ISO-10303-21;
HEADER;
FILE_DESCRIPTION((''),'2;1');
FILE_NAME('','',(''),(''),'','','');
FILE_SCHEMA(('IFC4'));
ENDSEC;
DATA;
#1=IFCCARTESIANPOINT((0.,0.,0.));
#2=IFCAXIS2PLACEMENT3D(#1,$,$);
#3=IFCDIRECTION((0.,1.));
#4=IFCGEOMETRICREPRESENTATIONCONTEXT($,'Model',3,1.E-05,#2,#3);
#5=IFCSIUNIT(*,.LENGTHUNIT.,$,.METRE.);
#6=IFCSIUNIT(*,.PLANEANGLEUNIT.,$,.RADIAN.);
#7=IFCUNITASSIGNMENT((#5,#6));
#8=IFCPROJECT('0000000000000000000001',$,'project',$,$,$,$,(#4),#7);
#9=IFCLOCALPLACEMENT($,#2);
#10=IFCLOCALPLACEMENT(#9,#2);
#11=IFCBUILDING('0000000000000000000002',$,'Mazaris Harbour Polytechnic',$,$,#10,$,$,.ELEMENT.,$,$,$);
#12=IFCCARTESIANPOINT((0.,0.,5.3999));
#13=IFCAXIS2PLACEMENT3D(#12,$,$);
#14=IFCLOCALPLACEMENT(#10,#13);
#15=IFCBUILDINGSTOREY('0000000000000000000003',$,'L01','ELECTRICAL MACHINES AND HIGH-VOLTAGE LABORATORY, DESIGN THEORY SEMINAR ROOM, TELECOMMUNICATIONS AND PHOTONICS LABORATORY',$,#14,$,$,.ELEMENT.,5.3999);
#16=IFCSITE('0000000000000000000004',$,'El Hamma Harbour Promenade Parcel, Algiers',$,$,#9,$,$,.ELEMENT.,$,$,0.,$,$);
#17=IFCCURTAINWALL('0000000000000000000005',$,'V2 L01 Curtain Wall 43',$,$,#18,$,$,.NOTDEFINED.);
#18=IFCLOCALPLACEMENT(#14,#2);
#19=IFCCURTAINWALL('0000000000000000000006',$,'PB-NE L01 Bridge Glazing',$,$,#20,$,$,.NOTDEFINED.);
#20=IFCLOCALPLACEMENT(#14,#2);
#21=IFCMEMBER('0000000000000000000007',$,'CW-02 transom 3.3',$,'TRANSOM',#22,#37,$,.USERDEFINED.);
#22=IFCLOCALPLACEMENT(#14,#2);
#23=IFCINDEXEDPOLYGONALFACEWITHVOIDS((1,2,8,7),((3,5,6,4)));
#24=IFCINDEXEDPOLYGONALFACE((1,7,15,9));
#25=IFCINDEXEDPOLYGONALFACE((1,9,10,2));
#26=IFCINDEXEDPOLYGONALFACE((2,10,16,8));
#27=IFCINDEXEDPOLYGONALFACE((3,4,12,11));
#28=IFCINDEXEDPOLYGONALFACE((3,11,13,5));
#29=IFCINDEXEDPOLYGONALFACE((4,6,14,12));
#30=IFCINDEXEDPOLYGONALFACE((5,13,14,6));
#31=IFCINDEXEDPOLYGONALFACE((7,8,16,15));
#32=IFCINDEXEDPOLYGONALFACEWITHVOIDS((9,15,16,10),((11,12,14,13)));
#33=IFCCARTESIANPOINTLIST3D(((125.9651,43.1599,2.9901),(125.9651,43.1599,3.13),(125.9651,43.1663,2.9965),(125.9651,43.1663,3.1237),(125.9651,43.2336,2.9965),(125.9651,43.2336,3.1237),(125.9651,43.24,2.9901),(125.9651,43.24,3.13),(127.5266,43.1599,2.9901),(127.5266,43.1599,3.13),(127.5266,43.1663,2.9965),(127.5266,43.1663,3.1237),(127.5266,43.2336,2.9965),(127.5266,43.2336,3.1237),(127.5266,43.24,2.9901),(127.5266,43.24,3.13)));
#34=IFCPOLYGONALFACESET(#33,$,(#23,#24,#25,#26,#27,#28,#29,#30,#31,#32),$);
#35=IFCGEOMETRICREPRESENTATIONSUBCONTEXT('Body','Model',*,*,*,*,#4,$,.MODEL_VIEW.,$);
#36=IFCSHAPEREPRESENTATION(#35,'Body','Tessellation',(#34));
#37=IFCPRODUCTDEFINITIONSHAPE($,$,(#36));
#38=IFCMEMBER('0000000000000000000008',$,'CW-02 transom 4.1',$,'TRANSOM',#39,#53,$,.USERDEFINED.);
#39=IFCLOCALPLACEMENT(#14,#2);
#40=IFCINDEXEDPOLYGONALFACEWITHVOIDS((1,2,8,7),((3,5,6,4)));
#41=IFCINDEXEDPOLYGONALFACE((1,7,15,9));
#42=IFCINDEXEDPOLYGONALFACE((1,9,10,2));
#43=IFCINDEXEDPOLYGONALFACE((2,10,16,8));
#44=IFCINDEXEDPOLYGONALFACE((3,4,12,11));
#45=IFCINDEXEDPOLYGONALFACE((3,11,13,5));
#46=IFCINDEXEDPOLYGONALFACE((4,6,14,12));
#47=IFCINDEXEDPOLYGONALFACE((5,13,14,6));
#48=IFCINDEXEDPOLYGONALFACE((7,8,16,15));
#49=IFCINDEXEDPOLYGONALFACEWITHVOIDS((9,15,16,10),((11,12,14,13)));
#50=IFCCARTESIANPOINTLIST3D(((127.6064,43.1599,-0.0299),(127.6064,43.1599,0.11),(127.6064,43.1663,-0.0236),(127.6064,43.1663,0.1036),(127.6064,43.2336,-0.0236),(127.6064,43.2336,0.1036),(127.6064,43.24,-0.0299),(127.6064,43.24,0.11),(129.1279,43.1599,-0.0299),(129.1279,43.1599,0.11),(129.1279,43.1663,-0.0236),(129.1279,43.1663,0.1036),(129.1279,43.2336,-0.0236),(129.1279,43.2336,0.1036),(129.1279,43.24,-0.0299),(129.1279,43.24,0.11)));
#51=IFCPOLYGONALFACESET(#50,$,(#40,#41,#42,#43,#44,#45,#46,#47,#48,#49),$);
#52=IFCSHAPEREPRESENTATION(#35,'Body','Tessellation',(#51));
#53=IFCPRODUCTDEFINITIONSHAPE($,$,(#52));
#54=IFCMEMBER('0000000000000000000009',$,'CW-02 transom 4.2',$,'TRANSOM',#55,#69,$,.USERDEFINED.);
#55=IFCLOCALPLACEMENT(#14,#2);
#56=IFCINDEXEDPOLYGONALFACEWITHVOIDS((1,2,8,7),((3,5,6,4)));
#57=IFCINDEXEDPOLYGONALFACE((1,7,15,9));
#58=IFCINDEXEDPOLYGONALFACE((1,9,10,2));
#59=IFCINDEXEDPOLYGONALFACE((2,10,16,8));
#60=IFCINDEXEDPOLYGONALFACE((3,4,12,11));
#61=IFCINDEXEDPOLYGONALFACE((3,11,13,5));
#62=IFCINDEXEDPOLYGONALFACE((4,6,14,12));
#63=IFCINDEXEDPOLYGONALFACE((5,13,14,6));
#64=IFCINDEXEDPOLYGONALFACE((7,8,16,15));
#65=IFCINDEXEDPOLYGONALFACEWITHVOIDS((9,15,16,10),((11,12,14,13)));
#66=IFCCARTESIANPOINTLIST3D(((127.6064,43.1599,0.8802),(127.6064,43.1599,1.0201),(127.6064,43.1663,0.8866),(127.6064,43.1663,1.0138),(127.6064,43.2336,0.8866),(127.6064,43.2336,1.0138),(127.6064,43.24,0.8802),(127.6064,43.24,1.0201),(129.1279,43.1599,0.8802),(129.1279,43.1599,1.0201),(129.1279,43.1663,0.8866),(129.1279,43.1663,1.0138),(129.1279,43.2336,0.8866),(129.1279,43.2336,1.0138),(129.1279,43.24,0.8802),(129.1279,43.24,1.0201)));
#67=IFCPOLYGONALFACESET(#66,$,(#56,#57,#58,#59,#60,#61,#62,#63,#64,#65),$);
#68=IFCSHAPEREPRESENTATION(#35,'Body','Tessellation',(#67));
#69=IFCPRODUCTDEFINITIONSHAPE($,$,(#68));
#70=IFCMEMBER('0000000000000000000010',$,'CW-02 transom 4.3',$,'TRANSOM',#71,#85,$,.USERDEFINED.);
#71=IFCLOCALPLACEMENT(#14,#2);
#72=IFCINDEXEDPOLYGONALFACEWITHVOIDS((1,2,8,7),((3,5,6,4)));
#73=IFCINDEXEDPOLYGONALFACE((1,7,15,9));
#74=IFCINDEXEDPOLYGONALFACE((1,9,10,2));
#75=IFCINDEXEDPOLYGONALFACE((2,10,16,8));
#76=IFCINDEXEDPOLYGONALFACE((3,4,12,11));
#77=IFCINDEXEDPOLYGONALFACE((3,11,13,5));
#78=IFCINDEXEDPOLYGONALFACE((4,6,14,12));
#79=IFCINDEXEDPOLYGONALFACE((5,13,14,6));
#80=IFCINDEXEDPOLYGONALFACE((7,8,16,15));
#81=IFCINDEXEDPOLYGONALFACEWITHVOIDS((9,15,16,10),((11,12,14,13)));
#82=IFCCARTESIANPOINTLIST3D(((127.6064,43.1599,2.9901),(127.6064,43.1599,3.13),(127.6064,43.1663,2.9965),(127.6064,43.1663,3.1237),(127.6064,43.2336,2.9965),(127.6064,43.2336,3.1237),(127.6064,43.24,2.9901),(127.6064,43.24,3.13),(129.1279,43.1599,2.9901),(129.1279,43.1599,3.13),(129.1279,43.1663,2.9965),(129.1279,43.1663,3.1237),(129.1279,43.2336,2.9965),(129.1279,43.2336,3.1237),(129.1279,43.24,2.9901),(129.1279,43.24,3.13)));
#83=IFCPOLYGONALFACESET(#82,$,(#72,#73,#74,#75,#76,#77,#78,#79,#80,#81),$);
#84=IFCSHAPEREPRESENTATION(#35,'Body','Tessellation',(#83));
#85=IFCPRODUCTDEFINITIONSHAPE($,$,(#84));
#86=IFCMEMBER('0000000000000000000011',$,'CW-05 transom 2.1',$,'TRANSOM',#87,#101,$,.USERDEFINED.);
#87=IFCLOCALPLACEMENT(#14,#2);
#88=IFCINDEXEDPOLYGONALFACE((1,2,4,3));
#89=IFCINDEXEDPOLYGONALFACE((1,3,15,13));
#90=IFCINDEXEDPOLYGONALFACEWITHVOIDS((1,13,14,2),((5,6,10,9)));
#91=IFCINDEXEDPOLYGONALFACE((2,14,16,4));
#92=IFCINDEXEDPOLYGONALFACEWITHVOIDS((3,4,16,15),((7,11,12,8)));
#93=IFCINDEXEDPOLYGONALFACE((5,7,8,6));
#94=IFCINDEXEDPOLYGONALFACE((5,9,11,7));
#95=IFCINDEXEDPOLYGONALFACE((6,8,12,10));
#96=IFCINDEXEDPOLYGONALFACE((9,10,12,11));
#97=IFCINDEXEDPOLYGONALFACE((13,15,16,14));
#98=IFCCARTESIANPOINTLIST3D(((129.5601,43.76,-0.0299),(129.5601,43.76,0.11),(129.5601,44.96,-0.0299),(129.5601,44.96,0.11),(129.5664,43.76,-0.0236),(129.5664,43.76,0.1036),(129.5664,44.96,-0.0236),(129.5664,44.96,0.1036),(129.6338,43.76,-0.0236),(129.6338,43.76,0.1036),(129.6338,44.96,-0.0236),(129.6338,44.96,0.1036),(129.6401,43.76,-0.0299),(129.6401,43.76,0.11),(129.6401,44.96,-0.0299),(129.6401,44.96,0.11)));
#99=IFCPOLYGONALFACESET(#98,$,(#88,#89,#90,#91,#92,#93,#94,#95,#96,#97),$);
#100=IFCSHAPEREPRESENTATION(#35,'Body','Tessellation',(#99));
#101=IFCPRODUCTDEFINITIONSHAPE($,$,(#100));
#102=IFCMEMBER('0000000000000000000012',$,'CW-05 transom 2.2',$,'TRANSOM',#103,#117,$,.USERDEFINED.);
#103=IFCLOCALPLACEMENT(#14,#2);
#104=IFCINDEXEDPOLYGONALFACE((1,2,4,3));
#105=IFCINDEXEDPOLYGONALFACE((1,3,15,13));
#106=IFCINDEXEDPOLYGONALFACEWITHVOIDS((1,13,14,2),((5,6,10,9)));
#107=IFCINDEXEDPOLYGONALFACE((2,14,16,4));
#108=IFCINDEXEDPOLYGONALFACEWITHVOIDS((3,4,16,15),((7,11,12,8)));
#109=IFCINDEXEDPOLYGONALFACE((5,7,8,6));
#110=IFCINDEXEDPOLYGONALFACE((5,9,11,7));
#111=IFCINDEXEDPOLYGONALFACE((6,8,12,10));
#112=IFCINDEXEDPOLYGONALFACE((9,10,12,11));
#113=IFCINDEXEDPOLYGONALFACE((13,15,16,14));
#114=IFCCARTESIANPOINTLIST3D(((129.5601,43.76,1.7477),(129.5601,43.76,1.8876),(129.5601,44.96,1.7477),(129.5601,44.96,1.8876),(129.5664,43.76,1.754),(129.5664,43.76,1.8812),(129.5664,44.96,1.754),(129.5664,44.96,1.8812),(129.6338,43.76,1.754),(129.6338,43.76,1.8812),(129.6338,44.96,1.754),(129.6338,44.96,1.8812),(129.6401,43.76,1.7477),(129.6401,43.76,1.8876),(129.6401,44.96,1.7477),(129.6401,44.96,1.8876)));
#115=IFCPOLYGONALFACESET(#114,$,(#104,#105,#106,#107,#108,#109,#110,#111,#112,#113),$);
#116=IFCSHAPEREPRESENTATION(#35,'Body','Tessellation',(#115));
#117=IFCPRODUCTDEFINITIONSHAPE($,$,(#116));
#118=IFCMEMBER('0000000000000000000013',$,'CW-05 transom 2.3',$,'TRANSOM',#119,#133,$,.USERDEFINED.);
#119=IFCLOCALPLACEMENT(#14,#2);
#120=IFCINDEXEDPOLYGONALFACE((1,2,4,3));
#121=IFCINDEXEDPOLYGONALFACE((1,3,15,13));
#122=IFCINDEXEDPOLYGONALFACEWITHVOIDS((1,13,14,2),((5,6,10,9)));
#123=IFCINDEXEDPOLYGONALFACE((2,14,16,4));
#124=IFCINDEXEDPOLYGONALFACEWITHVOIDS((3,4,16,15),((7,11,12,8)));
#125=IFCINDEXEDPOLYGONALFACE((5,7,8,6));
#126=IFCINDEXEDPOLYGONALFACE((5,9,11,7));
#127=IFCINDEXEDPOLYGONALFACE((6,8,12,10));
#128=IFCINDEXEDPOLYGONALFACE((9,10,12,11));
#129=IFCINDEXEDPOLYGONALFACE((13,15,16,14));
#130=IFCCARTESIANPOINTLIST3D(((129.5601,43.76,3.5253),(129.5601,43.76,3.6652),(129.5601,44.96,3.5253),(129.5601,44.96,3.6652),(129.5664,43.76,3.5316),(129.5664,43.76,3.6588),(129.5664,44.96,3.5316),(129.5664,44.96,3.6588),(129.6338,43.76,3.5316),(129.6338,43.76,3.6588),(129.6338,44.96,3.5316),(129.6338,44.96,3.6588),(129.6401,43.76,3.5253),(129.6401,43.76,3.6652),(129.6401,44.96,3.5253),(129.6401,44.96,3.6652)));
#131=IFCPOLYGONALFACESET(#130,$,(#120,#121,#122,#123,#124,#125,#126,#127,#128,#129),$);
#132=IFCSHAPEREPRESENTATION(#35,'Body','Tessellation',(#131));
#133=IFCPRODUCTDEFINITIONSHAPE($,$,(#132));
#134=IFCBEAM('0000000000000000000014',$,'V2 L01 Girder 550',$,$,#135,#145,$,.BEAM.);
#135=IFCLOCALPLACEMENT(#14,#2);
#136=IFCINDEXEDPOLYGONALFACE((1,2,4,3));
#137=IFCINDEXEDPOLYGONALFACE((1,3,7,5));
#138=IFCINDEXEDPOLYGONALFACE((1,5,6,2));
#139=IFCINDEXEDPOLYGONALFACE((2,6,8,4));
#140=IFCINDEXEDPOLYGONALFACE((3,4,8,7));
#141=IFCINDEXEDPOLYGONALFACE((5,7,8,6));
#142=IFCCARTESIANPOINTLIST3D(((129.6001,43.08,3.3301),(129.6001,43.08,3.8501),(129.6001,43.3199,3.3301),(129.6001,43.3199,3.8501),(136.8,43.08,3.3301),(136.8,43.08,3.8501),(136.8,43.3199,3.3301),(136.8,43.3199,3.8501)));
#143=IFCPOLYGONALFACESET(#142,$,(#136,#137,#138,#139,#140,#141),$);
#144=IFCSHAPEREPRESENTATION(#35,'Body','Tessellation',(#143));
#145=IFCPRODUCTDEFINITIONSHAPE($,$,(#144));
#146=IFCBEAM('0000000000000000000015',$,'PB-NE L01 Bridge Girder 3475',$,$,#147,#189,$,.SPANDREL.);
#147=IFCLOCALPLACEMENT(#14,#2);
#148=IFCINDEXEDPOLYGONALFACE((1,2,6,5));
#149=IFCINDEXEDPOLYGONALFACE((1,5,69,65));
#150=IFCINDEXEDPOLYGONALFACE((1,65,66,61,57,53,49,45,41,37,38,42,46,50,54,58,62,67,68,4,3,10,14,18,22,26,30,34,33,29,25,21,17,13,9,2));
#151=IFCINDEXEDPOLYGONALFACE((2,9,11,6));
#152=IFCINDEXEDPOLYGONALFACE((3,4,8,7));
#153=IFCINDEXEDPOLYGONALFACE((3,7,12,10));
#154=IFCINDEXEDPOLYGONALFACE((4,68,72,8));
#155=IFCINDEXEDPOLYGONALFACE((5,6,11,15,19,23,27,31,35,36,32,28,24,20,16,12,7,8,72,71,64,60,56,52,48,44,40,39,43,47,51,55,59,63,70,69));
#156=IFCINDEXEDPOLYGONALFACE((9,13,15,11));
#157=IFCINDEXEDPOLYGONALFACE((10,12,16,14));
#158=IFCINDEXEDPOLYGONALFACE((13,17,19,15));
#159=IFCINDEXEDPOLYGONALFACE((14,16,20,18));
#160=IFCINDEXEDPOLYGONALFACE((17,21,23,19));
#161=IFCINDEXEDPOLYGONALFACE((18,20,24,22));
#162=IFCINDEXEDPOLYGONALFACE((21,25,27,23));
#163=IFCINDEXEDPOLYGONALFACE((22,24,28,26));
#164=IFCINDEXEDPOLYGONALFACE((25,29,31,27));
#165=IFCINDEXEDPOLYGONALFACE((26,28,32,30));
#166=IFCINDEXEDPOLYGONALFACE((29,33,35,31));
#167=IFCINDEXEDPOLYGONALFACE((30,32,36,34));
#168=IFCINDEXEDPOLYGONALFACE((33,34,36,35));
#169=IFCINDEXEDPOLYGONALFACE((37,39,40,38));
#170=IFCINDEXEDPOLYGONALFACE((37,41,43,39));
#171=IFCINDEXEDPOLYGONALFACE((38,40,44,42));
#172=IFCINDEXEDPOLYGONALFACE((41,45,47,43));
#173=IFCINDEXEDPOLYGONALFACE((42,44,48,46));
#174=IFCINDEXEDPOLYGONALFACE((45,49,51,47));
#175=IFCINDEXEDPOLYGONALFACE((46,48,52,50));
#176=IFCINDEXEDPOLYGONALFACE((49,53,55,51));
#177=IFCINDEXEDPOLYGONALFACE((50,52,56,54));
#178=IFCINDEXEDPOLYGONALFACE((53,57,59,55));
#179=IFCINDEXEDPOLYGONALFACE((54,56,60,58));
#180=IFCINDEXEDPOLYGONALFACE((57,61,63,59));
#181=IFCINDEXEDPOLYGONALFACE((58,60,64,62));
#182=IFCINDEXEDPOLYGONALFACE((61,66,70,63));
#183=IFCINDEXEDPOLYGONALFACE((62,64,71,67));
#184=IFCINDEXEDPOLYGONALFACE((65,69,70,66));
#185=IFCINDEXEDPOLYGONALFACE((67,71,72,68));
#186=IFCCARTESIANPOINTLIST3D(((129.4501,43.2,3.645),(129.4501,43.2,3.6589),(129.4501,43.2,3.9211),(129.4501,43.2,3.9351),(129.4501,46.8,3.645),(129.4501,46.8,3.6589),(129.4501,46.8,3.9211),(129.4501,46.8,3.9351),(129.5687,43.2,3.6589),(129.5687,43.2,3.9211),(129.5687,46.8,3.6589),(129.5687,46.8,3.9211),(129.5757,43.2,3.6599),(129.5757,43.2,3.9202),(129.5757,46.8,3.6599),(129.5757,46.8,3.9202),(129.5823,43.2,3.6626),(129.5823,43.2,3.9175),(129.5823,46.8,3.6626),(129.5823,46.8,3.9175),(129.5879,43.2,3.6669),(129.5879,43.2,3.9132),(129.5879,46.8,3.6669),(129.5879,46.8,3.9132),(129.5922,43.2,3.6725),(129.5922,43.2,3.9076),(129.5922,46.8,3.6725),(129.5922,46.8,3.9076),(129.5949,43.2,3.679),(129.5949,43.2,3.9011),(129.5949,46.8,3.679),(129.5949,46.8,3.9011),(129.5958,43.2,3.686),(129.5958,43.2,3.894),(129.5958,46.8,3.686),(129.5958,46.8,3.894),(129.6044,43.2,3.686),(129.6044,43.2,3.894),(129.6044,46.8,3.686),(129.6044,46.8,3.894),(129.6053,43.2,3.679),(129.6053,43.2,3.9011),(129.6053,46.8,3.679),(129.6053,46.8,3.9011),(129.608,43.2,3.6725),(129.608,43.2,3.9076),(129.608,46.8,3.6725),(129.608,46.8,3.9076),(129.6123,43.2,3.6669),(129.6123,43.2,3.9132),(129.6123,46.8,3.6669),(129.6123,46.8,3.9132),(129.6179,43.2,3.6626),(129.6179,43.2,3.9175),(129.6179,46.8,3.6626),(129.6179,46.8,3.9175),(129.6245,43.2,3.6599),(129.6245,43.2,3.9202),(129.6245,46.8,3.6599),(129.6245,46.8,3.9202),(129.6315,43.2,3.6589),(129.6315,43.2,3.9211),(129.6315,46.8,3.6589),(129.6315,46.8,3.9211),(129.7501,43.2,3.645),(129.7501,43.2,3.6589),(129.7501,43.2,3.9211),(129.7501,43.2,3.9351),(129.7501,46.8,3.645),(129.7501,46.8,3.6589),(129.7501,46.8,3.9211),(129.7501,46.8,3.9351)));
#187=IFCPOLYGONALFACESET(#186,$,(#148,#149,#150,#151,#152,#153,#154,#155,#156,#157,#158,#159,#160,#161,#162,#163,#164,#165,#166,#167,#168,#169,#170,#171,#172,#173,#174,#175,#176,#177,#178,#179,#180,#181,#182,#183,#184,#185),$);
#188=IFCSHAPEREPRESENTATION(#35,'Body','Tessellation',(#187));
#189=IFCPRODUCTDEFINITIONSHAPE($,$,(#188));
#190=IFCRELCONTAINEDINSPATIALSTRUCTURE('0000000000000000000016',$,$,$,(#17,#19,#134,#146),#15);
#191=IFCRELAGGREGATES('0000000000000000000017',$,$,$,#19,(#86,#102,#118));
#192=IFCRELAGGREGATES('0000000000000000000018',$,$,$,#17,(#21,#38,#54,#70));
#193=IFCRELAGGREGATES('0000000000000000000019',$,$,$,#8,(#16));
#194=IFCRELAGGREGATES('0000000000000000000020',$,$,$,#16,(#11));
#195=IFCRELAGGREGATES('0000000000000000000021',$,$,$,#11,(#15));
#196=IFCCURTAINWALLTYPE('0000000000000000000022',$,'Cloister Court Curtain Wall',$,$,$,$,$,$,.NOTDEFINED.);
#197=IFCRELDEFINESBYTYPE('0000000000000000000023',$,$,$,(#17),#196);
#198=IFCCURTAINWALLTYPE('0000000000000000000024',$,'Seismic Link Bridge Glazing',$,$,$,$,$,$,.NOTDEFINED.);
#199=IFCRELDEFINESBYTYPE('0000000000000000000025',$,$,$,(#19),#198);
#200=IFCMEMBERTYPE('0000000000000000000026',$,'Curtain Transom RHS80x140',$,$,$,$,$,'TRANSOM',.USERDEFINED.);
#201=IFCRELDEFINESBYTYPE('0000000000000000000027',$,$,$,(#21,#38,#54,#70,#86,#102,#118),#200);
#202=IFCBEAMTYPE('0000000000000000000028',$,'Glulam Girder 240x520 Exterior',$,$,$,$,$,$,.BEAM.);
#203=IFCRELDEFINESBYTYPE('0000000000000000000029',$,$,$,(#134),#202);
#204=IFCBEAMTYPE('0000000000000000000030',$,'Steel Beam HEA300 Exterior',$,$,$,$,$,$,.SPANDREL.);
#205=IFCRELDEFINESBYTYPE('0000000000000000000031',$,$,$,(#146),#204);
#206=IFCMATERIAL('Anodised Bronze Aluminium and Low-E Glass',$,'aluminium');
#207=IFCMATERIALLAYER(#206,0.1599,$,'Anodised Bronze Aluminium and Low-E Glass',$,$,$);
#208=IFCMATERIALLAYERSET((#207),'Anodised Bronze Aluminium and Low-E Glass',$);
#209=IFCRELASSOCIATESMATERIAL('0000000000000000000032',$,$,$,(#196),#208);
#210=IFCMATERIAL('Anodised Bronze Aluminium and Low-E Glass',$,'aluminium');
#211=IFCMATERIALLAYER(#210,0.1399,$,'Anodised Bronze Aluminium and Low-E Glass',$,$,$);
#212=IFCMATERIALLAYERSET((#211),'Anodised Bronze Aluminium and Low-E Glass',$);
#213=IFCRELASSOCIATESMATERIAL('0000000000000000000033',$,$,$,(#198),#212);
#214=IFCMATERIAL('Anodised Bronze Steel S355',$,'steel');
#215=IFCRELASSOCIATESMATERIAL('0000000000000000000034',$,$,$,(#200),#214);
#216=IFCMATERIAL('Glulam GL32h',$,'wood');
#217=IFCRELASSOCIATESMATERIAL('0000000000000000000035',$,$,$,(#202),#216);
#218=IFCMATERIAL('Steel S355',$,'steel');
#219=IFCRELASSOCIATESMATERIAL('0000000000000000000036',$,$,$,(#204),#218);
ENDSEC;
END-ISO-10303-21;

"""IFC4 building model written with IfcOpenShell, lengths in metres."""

from ifc_helpers import new_model, si_unit, direction, frame, origin, origin_2d, place, context, subcontext, project, spatial, rectangle, hollow_rectangle, i_section, extrude, material, layer, layer_set, material_profile, profile_set, type_object, element, aggregate, save


model = new_model("IFC4")

# Units and contexts
model_context = context("Model", 3, precision=1e-05, world=origin(), true_north=direction((0.0, 1.0)))
body_context = subcontext(model_context, "Body", "Model", "MODEL_VIEW")
ifc_project = project(units=[si_unit("LENGTHUNIT", "METRE"), si_unit("PLANEANGLEUNIT", "RADIAN")], contexts=[model_context])

# Site, building, storey
site_placement = place(None, origin())
site = spatial("IfcSite", under=ifc_project, at=site_placement, Name="El Hamma Harbour Promenade Parcel, Algiers", CompositionType="ELEMENT", RefElevation=0.0)
building_placement = place(site_placement, origin())
building = spatial("IfcBuilding", under=site, at=building_placement, Name="Mazaris Harbour Polytechnic", CompositionType="ELEMENT")
storey_placement = place(building_placement, frame((0.0, 0.0, 5.3999)))
storey = spatial("IfcBuildingStorey", under=building, at=storey_placement, Name="L01", Description="ELECTRICAL MACHINES AND HIGH-VOLTAGE LABORATORY, DESIGN THEORY SEMINAR ROOM, TELECOMMUNICATIONS AND PHOTONICS LABORATORY", CompositionType="ELEMENT", Elevation=5.3999)

# Curtain walls
ifc_material_1 = material(Name="Anodised Bronze Aluminium and Low-E Glass", Category="aluminium")
ifc_layer_1 = layer(ifc_material_1, 0.1599, Name="Anodised Bronze Aluminium and Low-E Glass")
ifc_layer_set_1 = layer_set([ifc_layer_1], Name="Anodised Bronze Aluminium and Low-E Glass")
curtain_wall_type_1 = type_object("IfcCurtainWallType", Name="Cloister Court Curtain Wall", PredefinedType="NOTDEFINED", material=ifc_layer_set_1)
curtain_wall_1_placement = place(storey_placement, origin())
curtain_wall_1 = element("IfcCurtainWall", 1, at=curtain_wall_1_placement, inside=storey, type_object=curtain_wall_type_1, Name="V2 L01 Curtain Wall 43", PredefinedType="NOTDEFINED")
ifc_material_2 = material(Name="Anodised Bronze Aluminium and Low-E Glass", Category="aluminium")
ifc_layer_2 = layer(ifc_material_2, 0.1399, Name="Anodised Bronze Aluminium and Low-E Glass")
ifc_layer_set_2 = layer_set([ifc_layer_2], Name="Anodised Bronze Aluminium and Low-E Glass")
curtain_wall_type_2 = type_object("IfcCurtainWallType", Name="Seismic Link Bridge Glazing", PredefinedType="NOTDEFINED", material=ifc_layer_set_2)
curtain_wall_2_placement = place(storey_placement, origin())
curtain_wall_2 = element("IfcCurtainWall", 2, at=curtain_wall_2_placement, inside=storey, type_object=curtain_wall_type_2, Name="PB-NE L01 Bridge Glazing", PredefinedType="NOTDEFINED")

# Members
ifc_material_3 = material(Name="Anodised Bronze Steel S355", Category="steel")
ifc_material_profile_1 = material_profile(ifc_material_3, hollow_rectangle(XDim=0.0801, YDim=0.1399, WallThickness=0.0063, at=origin_2d()), Name="RHS 80x140x6.3")
ifc_profile_set_1 = profile_set([ifc_material_profile_1], Name="Anodised Bronze Steel S355")
member_type_1 = type_object("IfcMemberType", Name="Curtain Transom RHS80x140", ElementType="TRANSOM", PredefinedType="USERDEFINED", material=ifc_profile_set_1)
member_1_placement = place(storey_placement, frame((125.9651, 43.2, 3.0601), z_axis=(1.0, 0.0, 0.0), x_axis=(0.0, 1.0, 0.0)))
member_1 = element("IfcMember", 3, at=member_1_placement, type_object=member_type_1, Name="CW-02 transom 3.3", ObjectType="TRANSOM", PredefinedType="USERDEFINED", context=body_context, shape_type="SweptSolid", body=[
    extrude(hollow_rectangle(XDim=0.0801, YDim=0.1399, WallThickness=0.0063, at=origin_2d()), origin(), (0.0, 0.0, 1.0), 1.5615),
])
member_2_placement = place(storey_placement, frame((127.6064, 43.2, 0.04), z_axis=(1.0, 0.0, 0.0), x_axis=(0.0, 1.0, 0.0)))
member_2 = element("IfcMember", 4, at=member_2_placement, type_object=member_type_1, Name="CW-02 transom 4.1", ObjectType="TRANSOM", PredefinedType="USERDEFINED", context=body_context, shape_type="SweptSolid", body=[
    extrude(hollow_rectangle(XDim=0.0801, YDim=0.1399, WallThickness=0.0063, at=origin_2d()), origin(), (0.0, 0.0, 1.0), 1.5215),
])
member_3_placement = place(storey_placement, frame((127.6064, 43.2, 0.9502), z_axis=(1.0, 0.0, 0.0), x_axis=(0.0, 1.0, 0.0)))
member_3 = element("IfcMember", 5, at=member_3_placement, type_object=member_type_1, Name="CW-02 transom 4.2", ObjectType="TRANSOM", PredefinedType="USERDEFINED", context=body_context, shape_type="SweptSolid", body=[
    extrude(hollow_rectangle(XDim=0.0801, YDim=0.1399, WallThickness=0.0063, at=origin_2d()), origin(), (0.0, 0.0, 1.0), 1.5215),
])
member_4_placement = place(storey_placement, frame((127.6064, 43.2, 3.0601), z_axis=(1.0, 0.0, 0.0), x_axis=(0.0, 1.0, 0.0)))
member_4 = element("IfcMember", 6, at=member_4_placement, type_object=member_type_1, Name="CW-02 transom 4.3", ObjectType="TRANSOM", PredefinedType="USERDEFINED", context=body_context, shape_type="SweptSolid", body=[
    extrude(hollow_rectangle(XDim=0.0801, YDim=0.1399, WallThickness=0.0063, at=origin_2d()), origin(), (0.0, 0.0, 1.0), 1.5215),
])
member_5_placement = place(storey_placement, frame((129.6001, 44.96, 0.04), z_axis=(0.0, -1.0, 0.0), x_axis=(1.0, 0.0, 0.0)))
member_5 = element("IfcMember", 7, at=member_5_placement, type_object=member_type_1, Name="CW-05 transom 2.1", ObjectType="TRANSOM", PredefinedType="USERDEFINED", context=body_context, shape_type="SweptSolid", body=[
    extrude(hollow_rectangle(XDim=0.0801, YDim=0.1399, WallThickness=0.0063, at=origin_2d()), origin(), (0.0, 0.0, 1.0), 1.2),
])
member_6_placement = place(storey_placement, frame((129.6001, 44.96, 1.8176), z_axis=(0.0, -1.0, 0.0), x_axis=(1.0, 0.0, 0.0)))
member_6 = element("IfcMember", 8, at=member_6_placement, type_object=member_type_1, Name="CW-05 transom 2.2", ObjectType="TRANSOM", PredefinedType="USERDEFINED", context=body_context, shape_type="SweptSolid", body=[
    extrude(hollow_rectangle(XDim=0.0801, YDim=0.1399, WallThickness=0.0063, at=origin_2d()), origin(), (0.0, 0.0, 1.0), 1.2),
])
member_7_placement = place(storey_placement, frame((129.6001, 44.96, 3.5952), z_axis=(0.0, -1.0, 0.0), x_axis=(1.0, 0.0, 0.0)))
member_7 = element("IfcMember", 9, at=member_7_placement, type_object=member_type_1, Name="CW-05 transom 2.3", ObjectType="TRANSOM", PredefinedType="USERDEFINED", context=body_context, shape_type="SweptSolid", body=[
    extrude(hollow_rectangle(XDim=0.0801, YDim=0.1399, WallThickness=0.0063, at=origin_2d()), origin(), (0.0, 0.0, 1.0), 1.2),
])

# Beams
ifc_material_4 = material(Name="Glulam GL32h", Category="wood")
ifc_material_profile_2 = material_profile(ifc_material_4, rectangle(XDim=0.24, YDim=0.52, at=origin_2d()), Name="RECT240x520")
ifc_profile_set_2 = profile_set([ifc_material_profile_2], Name="Glulam GL32h")
beam_type_1 = type_object("IfcBeamType", Name="Glulam Girder 240x520 Exterior", PredefinedType="BEAM", material=ifc_profile_set_2)
beam_1_placement = place(storey_placement, frame((129.6001, 43.2, 3.5901), z_axis=(1.0, 0.0, 0.0), x_axis=(0.0, 1.0, 0.0)))
element("IfcBeam", 10, at=beam_1_placement, inside=storey, type_object=beam_type_1, Name="V2 L01 Girder 550", PredefinedType="BEAM", context=body_context, shape_type="SweptSolid", body=[
    extrude(rectangle(XDim=0.24, YDim=0.52, at=origin_2d()), origin(), (0.0, 0.0, 1.0), 7.2),
])
ifc_material_5 = material(Name="Steel S355", Category="steel")
ifc_material_profile_3 = material_profile(ifc_material_5, i_section(OverallWidth=0.3, OverallDepth=0.29, WebThickness=0.0085, FlangeThickness=0.0139, FilletRadius=0.0271, at=origin_2d()), Name="HEA 300")
ifc_profile_set_3 = profile_set([ifc_material_profile_3], Name="Steel S355")
beam_type_2 = type_object("IfcBeamType", Name="Steel Beam HEA300 Exterior", PredefinedType="SPANDREL", material=ifc_profile_set_3)
beam_2_placement = place(storey_placement, frame((129.6001, 43.2, 3.79), z_axis=(0.0, 1.0, 0.0), x_axis=(-1.0, 0.0, 0.0)))
element("IfcBeam", 11, at=beam_2_placement, inside=storey, type_object=beam_type_2, Name="PB-NE L01 Bridge Girder 3475", PredefinedType="SPANDREL", context=body_context, shape_type="SweptSolid", body=[
    extrude(i_section(OverallWidth=0.3, OverallDepth=0.29, WebThickness=0.0085, FlangeThickness=0.0139, FilletRadius=0.0271, at=origin_2d()), origin(), (0.0, 0.0, 1.0), 3.6001),
])

aggregate(curtain_wall_2, [member_5, member_6, member_7])
aggregate(curtain_wall_1, [member_1, member_2, member_3, member_4])

save(model, "model.ifc")
